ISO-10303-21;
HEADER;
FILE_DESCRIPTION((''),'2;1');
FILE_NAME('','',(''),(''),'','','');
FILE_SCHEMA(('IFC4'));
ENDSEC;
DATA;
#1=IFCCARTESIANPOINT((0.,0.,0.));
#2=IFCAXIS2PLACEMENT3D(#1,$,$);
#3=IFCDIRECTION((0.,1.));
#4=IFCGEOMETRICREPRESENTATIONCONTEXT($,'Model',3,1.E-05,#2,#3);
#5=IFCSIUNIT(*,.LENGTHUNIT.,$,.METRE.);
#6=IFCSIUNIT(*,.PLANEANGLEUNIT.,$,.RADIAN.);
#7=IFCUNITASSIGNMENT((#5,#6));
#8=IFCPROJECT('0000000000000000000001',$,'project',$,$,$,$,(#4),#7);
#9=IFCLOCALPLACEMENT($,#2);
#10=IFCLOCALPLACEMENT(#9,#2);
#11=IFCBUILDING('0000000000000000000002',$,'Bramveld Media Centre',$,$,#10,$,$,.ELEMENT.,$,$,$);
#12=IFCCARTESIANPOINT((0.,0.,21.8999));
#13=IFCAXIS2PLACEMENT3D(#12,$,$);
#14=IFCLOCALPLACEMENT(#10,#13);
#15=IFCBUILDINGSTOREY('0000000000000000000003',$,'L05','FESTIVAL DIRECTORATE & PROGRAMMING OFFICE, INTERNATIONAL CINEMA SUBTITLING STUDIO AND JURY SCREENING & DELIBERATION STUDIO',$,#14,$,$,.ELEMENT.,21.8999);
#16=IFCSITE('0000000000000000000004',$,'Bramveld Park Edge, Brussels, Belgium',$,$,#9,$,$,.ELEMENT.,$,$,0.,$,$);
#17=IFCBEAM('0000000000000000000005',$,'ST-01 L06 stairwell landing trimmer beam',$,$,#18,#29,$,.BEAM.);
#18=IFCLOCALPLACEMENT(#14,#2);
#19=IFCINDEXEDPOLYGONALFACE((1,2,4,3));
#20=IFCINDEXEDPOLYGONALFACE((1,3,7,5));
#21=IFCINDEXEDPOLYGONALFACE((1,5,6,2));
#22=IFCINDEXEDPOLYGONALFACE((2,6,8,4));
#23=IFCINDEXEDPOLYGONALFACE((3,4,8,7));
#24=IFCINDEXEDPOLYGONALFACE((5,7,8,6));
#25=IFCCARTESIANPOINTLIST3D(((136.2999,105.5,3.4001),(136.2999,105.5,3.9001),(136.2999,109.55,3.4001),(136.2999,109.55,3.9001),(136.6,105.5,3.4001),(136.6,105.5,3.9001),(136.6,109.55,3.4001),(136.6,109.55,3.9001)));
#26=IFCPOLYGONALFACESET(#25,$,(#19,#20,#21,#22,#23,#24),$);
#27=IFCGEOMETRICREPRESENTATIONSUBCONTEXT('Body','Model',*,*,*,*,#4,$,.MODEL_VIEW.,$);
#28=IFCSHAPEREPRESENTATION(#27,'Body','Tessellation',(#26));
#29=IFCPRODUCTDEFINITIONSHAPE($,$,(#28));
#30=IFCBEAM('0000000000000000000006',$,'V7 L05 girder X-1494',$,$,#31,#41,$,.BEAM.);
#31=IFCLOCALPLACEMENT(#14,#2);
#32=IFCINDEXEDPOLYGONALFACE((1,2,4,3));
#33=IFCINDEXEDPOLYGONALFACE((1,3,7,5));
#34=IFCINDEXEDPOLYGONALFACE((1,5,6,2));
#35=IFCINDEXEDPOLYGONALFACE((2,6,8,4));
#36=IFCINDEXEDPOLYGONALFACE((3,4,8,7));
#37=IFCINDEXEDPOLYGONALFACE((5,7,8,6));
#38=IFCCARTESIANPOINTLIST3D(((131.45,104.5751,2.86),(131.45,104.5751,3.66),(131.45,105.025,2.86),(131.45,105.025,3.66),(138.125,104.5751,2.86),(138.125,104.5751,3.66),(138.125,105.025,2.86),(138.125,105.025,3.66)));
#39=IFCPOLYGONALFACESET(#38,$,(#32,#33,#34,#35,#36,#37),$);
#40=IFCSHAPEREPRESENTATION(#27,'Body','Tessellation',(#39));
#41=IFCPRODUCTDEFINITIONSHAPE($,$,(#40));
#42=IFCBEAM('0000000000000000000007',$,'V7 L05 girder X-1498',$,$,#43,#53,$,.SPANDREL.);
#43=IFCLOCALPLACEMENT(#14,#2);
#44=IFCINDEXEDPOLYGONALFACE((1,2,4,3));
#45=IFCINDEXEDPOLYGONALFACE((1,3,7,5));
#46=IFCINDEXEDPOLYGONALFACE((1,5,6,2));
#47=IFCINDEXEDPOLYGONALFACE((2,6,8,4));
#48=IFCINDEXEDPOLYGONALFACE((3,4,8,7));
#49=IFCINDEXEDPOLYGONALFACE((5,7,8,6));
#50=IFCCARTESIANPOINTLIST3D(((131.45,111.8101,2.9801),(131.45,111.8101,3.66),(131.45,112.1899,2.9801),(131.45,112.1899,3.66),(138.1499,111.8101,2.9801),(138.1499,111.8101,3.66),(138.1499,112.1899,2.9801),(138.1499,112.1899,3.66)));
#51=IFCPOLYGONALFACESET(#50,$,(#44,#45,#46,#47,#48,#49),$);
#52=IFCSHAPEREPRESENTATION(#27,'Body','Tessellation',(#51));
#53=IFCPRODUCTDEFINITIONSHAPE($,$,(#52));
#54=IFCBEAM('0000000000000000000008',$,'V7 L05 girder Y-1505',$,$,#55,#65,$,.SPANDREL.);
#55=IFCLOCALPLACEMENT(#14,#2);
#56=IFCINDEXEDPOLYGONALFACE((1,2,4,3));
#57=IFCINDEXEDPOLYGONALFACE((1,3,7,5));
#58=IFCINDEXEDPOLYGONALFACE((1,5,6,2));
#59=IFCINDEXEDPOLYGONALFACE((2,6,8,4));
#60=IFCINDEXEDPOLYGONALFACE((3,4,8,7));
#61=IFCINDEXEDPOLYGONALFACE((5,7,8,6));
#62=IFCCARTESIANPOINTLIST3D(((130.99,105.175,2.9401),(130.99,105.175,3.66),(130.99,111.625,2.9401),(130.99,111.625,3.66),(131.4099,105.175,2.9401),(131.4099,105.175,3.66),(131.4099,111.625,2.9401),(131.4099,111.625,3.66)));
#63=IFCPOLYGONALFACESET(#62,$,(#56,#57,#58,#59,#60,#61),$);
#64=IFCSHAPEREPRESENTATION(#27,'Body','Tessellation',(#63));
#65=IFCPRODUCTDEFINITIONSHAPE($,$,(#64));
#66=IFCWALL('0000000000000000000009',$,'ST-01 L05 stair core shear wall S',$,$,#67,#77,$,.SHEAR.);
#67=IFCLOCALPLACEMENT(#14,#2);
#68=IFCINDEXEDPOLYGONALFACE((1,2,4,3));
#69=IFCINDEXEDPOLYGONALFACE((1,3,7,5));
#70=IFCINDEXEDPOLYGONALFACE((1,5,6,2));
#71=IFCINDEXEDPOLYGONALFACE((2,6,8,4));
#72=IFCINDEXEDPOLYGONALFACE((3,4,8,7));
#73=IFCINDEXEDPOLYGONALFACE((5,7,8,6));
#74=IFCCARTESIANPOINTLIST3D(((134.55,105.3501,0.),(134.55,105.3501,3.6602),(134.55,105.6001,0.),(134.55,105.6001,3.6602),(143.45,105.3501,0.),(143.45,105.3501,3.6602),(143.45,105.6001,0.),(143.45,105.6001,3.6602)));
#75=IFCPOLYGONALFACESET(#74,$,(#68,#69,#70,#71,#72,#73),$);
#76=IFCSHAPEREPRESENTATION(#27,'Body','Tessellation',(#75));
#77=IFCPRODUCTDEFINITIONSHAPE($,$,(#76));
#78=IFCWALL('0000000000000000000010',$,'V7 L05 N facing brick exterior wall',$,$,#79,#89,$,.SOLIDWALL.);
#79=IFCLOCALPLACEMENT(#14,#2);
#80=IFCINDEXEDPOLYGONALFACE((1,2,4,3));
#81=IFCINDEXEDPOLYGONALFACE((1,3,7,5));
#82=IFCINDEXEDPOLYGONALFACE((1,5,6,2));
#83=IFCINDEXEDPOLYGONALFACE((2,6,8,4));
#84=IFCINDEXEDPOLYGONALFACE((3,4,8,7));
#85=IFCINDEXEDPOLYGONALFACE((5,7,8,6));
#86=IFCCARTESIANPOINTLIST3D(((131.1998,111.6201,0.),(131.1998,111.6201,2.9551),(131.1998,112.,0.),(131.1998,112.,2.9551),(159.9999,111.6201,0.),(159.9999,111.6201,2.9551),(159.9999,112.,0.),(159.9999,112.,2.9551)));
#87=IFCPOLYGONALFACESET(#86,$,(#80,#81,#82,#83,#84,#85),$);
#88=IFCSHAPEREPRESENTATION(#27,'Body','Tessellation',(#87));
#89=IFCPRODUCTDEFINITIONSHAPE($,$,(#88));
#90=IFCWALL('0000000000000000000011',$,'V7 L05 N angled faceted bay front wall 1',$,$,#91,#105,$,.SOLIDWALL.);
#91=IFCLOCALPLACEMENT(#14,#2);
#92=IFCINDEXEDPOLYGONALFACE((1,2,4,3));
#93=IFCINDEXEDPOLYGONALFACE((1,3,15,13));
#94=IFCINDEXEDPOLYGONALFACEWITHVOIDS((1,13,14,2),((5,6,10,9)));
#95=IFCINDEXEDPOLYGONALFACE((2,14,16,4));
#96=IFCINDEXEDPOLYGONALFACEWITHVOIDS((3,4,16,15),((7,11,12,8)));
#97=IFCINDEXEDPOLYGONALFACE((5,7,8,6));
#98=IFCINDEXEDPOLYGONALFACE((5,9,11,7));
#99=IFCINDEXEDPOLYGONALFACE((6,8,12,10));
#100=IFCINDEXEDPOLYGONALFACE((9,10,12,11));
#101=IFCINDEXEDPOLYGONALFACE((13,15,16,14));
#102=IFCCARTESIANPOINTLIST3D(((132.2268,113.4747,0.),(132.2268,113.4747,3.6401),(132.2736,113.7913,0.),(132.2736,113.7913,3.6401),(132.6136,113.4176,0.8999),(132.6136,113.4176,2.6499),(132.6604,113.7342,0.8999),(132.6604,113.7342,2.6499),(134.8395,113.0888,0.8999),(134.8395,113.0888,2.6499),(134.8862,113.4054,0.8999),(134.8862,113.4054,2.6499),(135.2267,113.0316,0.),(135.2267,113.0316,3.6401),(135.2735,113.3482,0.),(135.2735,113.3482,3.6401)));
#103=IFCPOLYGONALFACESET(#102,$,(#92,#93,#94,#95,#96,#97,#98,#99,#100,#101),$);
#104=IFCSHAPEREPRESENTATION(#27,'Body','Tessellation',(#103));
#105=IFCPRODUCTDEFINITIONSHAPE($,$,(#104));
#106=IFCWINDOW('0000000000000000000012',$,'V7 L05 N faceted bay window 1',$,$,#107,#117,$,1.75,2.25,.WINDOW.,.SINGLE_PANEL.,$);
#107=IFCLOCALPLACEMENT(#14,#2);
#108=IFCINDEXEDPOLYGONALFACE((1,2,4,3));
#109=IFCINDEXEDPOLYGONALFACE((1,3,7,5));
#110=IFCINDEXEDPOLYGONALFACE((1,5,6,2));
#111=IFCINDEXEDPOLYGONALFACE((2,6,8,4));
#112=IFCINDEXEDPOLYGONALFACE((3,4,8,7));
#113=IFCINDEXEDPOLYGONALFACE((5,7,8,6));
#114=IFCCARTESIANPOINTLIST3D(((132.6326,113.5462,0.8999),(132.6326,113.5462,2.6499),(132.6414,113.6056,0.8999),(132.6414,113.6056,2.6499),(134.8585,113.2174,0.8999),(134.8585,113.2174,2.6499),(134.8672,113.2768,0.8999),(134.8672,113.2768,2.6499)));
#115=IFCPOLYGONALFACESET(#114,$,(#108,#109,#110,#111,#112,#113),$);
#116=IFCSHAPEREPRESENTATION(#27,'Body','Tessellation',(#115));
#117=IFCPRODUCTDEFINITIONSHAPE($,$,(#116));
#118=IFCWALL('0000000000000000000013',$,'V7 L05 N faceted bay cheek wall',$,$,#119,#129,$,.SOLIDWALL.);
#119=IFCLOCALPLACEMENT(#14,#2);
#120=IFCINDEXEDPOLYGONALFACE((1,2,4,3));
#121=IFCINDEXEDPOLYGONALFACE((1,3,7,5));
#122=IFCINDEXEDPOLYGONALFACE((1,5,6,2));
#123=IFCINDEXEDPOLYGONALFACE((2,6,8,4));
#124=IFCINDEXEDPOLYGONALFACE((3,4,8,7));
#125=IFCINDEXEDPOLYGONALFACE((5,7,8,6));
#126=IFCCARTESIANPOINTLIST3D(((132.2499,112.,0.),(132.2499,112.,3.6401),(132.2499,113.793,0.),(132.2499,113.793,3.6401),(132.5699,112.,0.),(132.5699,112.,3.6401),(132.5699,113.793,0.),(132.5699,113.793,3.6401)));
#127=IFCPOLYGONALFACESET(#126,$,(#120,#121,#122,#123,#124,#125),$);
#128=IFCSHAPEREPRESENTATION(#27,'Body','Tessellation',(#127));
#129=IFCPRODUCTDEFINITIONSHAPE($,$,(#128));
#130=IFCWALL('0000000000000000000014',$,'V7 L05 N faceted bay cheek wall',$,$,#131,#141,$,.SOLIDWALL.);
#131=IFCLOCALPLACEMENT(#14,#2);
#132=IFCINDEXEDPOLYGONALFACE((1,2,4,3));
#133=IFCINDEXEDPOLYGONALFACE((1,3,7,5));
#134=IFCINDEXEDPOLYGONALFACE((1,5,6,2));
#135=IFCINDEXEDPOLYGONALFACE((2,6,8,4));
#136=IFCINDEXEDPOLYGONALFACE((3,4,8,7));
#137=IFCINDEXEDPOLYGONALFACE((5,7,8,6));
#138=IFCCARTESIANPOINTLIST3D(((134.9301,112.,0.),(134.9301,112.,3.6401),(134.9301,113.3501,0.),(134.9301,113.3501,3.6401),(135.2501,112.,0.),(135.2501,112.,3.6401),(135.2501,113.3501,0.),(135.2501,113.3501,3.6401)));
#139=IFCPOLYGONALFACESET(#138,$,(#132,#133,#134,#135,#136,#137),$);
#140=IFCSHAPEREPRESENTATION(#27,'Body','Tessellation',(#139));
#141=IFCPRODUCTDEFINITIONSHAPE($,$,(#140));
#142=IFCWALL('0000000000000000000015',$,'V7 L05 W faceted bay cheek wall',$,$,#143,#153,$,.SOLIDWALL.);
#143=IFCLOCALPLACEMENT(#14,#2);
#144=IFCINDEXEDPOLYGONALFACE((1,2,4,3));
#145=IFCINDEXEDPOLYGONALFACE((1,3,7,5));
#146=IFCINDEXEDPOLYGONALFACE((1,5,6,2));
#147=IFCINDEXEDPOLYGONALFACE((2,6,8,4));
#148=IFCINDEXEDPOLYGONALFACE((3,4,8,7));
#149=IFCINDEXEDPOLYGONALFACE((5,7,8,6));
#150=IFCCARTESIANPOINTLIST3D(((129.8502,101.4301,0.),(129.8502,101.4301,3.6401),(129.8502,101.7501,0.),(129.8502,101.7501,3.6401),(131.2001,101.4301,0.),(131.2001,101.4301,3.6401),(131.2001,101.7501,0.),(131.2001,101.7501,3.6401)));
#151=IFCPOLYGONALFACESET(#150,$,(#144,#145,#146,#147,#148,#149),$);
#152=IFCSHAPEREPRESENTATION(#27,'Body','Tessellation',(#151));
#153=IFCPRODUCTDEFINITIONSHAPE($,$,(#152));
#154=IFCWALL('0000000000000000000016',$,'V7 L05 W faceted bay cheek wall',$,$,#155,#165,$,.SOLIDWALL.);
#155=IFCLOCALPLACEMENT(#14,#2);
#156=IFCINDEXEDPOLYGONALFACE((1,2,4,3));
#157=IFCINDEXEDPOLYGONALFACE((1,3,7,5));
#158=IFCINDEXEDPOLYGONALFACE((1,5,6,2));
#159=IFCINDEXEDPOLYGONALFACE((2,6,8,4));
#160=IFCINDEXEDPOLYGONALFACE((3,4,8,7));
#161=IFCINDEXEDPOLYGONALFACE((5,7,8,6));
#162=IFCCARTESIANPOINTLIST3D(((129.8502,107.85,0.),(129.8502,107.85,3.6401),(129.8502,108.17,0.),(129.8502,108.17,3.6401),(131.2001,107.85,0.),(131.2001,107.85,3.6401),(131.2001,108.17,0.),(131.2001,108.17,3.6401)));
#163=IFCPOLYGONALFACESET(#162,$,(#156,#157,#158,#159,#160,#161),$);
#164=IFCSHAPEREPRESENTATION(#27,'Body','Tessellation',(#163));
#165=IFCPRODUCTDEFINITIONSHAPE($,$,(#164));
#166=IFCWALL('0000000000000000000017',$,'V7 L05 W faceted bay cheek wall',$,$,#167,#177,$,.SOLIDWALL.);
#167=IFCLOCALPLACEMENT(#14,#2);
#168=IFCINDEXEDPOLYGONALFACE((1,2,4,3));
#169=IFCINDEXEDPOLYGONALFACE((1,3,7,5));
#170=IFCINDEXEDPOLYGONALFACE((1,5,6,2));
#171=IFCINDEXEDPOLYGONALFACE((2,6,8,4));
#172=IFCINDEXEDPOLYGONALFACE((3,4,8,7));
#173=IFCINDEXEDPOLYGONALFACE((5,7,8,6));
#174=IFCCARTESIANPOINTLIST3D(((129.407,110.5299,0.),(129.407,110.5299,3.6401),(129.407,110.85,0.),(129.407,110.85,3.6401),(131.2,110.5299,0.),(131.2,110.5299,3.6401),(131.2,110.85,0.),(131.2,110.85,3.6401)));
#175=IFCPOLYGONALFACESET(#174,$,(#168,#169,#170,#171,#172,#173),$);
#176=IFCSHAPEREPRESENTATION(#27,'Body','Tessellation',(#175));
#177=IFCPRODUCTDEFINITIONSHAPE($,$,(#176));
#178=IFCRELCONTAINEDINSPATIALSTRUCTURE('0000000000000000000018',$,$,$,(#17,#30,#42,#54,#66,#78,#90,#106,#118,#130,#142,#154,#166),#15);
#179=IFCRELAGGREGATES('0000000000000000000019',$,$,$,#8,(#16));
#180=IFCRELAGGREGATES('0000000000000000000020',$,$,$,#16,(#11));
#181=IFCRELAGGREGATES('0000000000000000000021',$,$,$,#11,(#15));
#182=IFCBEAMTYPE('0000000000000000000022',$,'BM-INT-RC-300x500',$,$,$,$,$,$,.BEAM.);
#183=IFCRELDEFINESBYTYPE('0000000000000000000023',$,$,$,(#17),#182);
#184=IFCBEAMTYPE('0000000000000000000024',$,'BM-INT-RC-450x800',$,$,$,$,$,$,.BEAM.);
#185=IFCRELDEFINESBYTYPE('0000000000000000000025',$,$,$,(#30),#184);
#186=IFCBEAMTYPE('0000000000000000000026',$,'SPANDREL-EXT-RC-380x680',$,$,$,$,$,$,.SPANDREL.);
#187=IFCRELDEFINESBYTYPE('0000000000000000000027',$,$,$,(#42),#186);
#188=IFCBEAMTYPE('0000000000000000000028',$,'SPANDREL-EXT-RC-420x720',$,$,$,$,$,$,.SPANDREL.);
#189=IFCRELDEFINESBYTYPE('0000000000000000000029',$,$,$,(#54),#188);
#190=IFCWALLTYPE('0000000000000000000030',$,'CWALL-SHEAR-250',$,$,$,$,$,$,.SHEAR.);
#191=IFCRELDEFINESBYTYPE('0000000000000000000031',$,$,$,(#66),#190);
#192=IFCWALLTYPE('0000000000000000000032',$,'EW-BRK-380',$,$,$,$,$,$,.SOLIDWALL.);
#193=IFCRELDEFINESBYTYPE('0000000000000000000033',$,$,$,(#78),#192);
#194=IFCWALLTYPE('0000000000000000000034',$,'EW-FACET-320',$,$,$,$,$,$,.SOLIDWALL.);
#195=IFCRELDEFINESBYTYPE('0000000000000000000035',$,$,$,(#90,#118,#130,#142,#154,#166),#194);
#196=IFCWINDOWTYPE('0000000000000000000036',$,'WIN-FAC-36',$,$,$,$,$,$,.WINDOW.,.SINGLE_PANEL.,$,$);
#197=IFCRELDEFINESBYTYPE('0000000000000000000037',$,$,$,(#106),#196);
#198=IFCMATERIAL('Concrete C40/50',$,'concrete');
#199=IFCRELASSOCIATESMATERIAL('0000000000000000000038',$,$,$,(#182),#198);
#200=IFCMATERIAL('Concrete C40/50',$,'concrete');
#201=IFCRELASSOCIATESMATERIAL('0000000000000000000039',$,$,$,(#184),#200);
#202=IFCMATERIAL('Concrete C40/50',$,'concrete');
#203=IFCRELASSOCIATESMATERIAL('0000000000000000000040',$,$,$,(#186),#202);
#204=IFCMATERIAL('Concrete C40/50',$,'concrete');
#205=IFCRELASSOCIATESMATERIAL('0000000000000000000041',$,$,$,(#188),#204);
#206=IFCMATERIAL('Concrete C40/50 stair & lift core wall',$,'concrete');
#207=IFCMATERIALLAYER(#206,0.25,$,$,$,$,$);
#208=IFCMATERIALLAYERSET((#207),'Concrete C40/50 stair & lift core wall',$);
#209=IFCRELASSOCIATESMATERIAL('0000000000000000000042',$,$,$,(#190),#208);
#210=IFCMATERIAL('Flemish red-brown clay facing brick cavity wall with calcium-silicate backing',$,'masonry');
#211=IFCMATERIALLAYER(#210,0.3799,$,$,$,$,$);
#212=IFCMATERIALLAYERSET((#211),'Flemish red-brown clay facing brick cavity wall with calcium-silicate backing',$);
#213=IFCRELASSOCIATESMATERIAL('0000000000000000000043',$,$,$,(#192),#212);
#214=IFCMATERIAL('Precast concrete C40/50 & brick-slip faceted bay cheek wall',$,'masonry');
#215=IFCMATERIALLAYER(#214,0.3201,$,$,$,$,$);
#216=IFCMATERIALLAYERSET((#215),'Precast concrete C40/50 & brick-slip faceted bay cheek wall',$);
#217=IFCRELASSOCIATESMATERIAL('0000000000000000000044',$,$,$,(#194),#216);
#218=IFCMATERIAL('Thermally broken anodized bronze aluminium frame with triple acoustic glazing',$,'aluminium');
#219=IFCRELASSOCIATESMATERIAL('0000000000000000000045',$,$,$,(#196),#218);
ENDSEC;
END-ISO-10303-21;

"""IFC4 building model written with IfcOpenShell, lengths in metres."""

from ifc_helpers import new_model, si_unit, direction, frame, frame_2d, origin, origin_2d, place, context, subcontext, project, spatial, rectangle, extrude, material, layer, layer_set, material_profile, profile_set, type_object, element, fill, save


model = new_model("IFC4")

# Units and contexts
model_context = context("Model", 3, precision=1e-05, world=origin(), true_north=direction((0.0, 1.0)))
body_context = subcontext(model_context, "Body", "Model", "MODEL_VIEW")
ifc_project = project(units=[si_unit("LENGTHUNIT", "METRE"), si_unit("PLANEANGLEUNIT", "RADIAN")], contexts=[model_context])

# Site, building, storey
site_placement = place(None, origin())
site = spatial("IfcSite", under=ifc_project, at=site_placement, Name="Bramveld Park Edge, Brussels, Belgium", CompositionType="ELEMENT", RefElevation=0.0)
building_placement = place(site_placement, origin())
building = spatial("IfcBuilding", under=site, at=building_placement, Name="Bramveld Media Centre", CompositionType="ELEMENT")
storey_placement = place(building_placement, frame((0.0, 0.0, 21.8999)))
storey = spatial("IfcBuildingStorey", under=building, at=storey_placement, Name="L05", Description="FESTIVAL DIRECTORATE & PROGRAMMING OFFICE, INTERNATIONAL CINEMA SUBTITLING STUDIO AND JURY SCREENING & DELIBERATION STUDIO", CompositionType="ELEMENT", Elevation=21.8999)

# Beams
ifc_material_1 = material(Name="Concrete C40/50", Category="concrete")
ifc_material_profile_1 = material_profile(ifc_material_1, rectangle(XDim=0.3, YDim=0.5, at=origin_2d()), Name="RC 300x500")
ifc_profile_set_1 = profile_set([ifc_material_profile_1], Name="Concrete C40/50")
beam_type_1 = type_object("IfcBeamType", Name="BM-INT-RC-300x500", PredefinedType="BEAM", material=ifc_profile_set_1)
beam_1_placement = place(storey_placement, frame((136.45, 105.5, 3.6501), z_axis=(0.0, 1.0, 0.0), x_axis=(-1.0, 0.0, 0.0)))
element("IfcBeam", 1, at=beam_1_placement, inside=storey, type_object=beam_type_1, Name="ST-01 L06 stairwell landing trimmer beam", PredefinedType="BEAM", context=body_context, shape_type="SweptSolid", body=[
    extrude(rectangle(XDim=0.3, YDim=0.5, at=origin_2d()), origin(), (0.0, 0.0, 1.0), 4.05),
])
ifc_material_2 = material(Name="Concrete C40/50", Category="concrete")
ifc_material_profile_2 = material_profile(ifc_material_2, rectangle(XDim=0.45, YDim=0.8, at=origin_2d()), Name="RC 450x800")
ifc_profile_set_2 = profile_set([ifc_material_profile_2], Name="Concrete C40/50")
beam_type_2 = type_object("IfcBeamType", Name="BM-INT-RC-450x800", PredefinedType="BEAM", material=ifc_profile_set_2)
beam_2_placement = place(storey_placement, frame((131.45, 104.8, 3.26), z_axis=(1.0, 0.0, 0.0), x_axis=(0.0, 1.0, 0.0)))
element("IfcBeam", 2, at=beam_2_placement, inside=storey, type_object=beam_type_2, Name="V7 L05 girder X-1494", PredefinedType="BEAM", context=body_context, shape_type="SweptSolid", body=[
    extrude(rectangle(XDim=0.45, YDim=0.8, at=origin_2d()), origin(), (0.0, 0.0, 1.0), 6.675),
])
ifc_material_3 = material(Name="Concrete C40/50", Category="concrete")
ifc_material_profile_3 = material_profile(ifc_material_3, rectangle(XDim=0.3799, YDim=0.6799, at=origin_2d()), Name="RC 380x680")
ifc_profile_set_3 = profile_set([ifc_material_profile_3], Name="Concrete C40/50")
beam_type_3 = type_object("IfcBeamType", Name="SPANDREL-EXT-RC-380x680", PredefinedType="SPANDREL", material=ifc_profile_set_3)
beam_3_placement = place(storey_placement, frame((131.45, 112.0, 3.3201), z_axis=(1.0, 0.0, 0.0), x_axis=(0.0, 1.0, 0.0)))
element("IfcBeam", 3, at=beam_3_placement, inside=storey, type_object=beam_type_3, Name="V7 L05 girder X-1498", PredefinedType="SPANDREL", context=body_context, shape_type="SweptSolid", body=[
    extrude(rectangle(XDim=0.3799, YDim=0.6799, at=origin_2d()), origin(), (0.0, 0.0, 1.0), 6.7),
])
ifc_material_4 = material(Name="Concrete C40/50", Category="concrete")
ifc_material_profile_4 = material_profile(ifc_material_4, rectangle(XDim=0.4199, YDim=0.72, at=origin_2d()), Name="RC 420x720")
ifc_profile_set_4 = profile_set([ifc_material_profile_4], Name="Concrete C40/50")
beam_type_4 = type_object("IfcBeamType", Name="SPANDREL-EXT-RC-420x720", PredefinedType="SPANDREL", material=ifc_profile_set_4)
beam_4_placement = place(storey_placement, frame((131.2, 105.175, 3.3), z_axis=(0.0, 1.0, 0.0), x_axis=(-1.0, 0.0, 0.0)))
element("IfcBeam", 4, at=beam_4_placement, inside=storey, type_object=beam_type_4, Name="V7 L05 girder Y-1505", PredefinedType="SPANDREL", context=body_context, shape_type="SweptSolid", body=[
    extrude(rectangle(XDim=0.4199, YDim=0.72, at=origin_2d()), origin(), (0.0, 0.0, 1.0), 6.45),
])

# Wall
ifc_material_5 = material(Name="Concrete C40/50 stair & lift core wall", Category="concrete")
ifc_layer_1 = layer(ifc_material_5, 0.25)
ifc_layer_set_1 = layer_set([ifc_layer_1], Name="Concrete C40/50 stair & lift core wall")
wall_type_1 = type_object("IfcWallType", Name="CWALL-SHEAR-250", PredefinedType="SHEAR", material=ifc_layer_set_1)
wall_1_placement = place(storey_placement, frame((134.55, 105.4751, 0.0), z_axis=(0.0, 0.0, 1.0), x_axis=(1.0, 0.0, 0.0)))
element("IfcWall", 5, at=wall_1_placement, inside=storey, type_object=wall_type_1, Name="ST-01 L05 stair core shear wall S", PredefinedType="SHEAR", context=body_context, shape_type="SweptSolid", body=[
    extrude(rectangle(XDim=8.8999, YDim=0.25, at=frame_2d((4.45, 0.0))), origin(), (0.0, 0.0, 1.0), 3.6602),
])

# Wall
ifc_material_6 = material(Name="Flemish red-brown clay facing brick cavity wall with calcium-silicate backing", Category="masonry")
ifc_layer_2 = layer(ifc_material_6, 0.3799)
ifc_layer_set_2 = layer_set([ifc_layer_2], Name="Flemish red-brown clay facing brick cavity wall with calcium-silicate backing")
wall_type_2 = type_object("IfcWallType", Name="EW-BRK-380", PredefinedType="SOLIDWALL", material=ifc_layer_set_2)
wall_2_placement = place(storey_placement, frame((131.2, 111.8101, 0.0), z_axis=(0.0, 0.0, 1.0), x_axis=(1.0, 0.0, 0.0)))
element("IfcWall", 6, at=wall_2_placement, inside=storey, type_object=wall_type_2, Name="V7 L05 N facing brick exterior wall", PredefinedType="SOLIDWALL", context=body_context, shape_type="SweptSolid", body=[
    extrude(rectangle(XDim=28.8, YDim=0.3799, at=frame_2d((14.3999, 0.0))), origin(), (0.0, 0.0, 1.0), 2.9551),
])

# Wall, opening, window
ifc_material_7 = material(Name="Precast concrete C40/50 & brick-slip faceted bay cheek wall", Category="masonry")
ifc_layer_3 = layer(ifc_material_7, 0.3201)
ifc_layer_set_3 = layer_set([ifc_layer_3], Name="Precast concrete C40/50 & brick-slip faceted bay cheek wall")
wall_type_3 = type_object("IfcWallType", Name="EW-FACET-320", PredefinedType="SOLIDWALL", material=ifc_layer_set_3)
wall_3_placement = place(storey_placement, frame((135.25, 113.1899, 0.0), z_axis=(0.0, 0.0, 1.0), x_axis=(-0.989267, 0.14612, 0.0)))
wall_3 = element("IfcWall", 7, at=wall_3_placement, inside=storey, type_object=wall_type_3, Name="V7 L05 N angled faceted bay front wall 1", PredefinedType="SOLIDWALL", context=body_context, shape_type="SweptSolid", body=[
    extrude(rectangle(XDim=3.0325, YDim=0.3201, at=frame_2d((1.5161, 0.0))), origin(), (0.0, 0.0, 1.0), 3.6401),
])
opening_1_placement = place(wall_3_placement, frame((0.3914, 0.0, 0.8999)))
opening_1 = element("IfcOpeningElement", 8, at=opening_1_placement, cuts=wall_3, PredefinedType="OPENING", context=body_context, shape_type="SweptSolid", body=[
    extrude(rectangle(XDim=2.25, YDim=1.75, at=frame_2d((1.125, 0.875))), frame((0.0, 0.1719, 0.0), z_axis=(0.0, -1.0, 0.0), x_axis=(1.0, 0.0, 0.0)), (0.0, 0.0, 1.0), 0.344),
])
ifc_material_8 = material(Name="Thermally broken anodized bronze aluminium frame with triple acoustic glazing", Category="aluminium")
window_type = type_object("IfcWindowType", Name="WIN-FAC-36", PartitioningType="SINGLE_PANEL", PredefinedType="WINDOW", material=ifc_material_8)
window_placement = place(opening_1_placement, origin())
window = element("IfcWindow", 9, at=window_placement, inside=storey, type_object=window_type, Name="V7 L05 N faceted bay window 1", OverallHeight=1.75, OverallWidth=2.25, PartitioningType="SINGLE_PANEL", PredefinedType="WINDOW", context=body_context, shape_type="SweptSolid", body=[
    extrude(rectangle(XDim=2.25, YDim=1.75, at=frame_2d((1.125, 0.875))), frame((0.0, 0.03, 0.0), z_axis=(0.0, -1.0, 0.0), x_axis=(1.0, 0.0, 0.0)), (0.0, 0.0, 1.0), 0.0601),
])
fill(opening_1, window)

# Walls
wall_4_placement = place(storey_placement, frame((132.4099, 112.0, 0.0), z_axis=(0.0, 0.0, 1.0), x_axis=(0.0, 1.0, 0.0)))
element("IfcWall", 10, at=wall_4_placement, inside=storey, type_object=wall_type_3, Name="V7 L05 N faceted bay cheek wall", PredefinedType="SOLIDWALL", context=body_context, shape_type="SweptSolid", body=[
    extrude(rectangle(XDim=1.793, YDim=0.3201, at=frame_2d((0.8965, 0.0))), origin(), (0.0, 0.0, 1.0), 3.6401),
])
wall_5_placement = place(storey_placement, frame((135.0901, 112.0, 0.0), z_axis=(0.0, 0.0, 1.0), x_axis=(0.0, 1.0, 0.0)))
element("IfcWall", 11, at=wall_5_placement, inside=storey, type_object=wall_type_3, Name="V7 L05 N faceted bay cheek wall", PredefinedType="SOLIDWALL", context=body_context, shape_type="SweptSolid", body=[
    extrude(rectangle(XDim=1.3501, YDim=0.3201, at=frame_2d((0.675, 0.0))), origin(), (0.0, 0.0, 1.0), 3.6401),
])
for number, where, z_axis, x_axis, name in (
    (12, (131.2, 101.5901, 0.0), (0.0, 0.0, 1.0), (-1.0, 0.0, 0.0), "V7 L05 W faceted bay cheek wall"),
    (13, (131.2, 108.01, 0.0), (0.0, 0.0, 1.0), (-1.0, 0.0, 0.0), "V7 L05 W faceted bay cheek wall"),
):
    element("IfcWall", number, at=place(storey_placement, frame(where, z_axis=z_axis, x_axis=x_axis)), inside=storey, type_object=wall_type_3, Name=name, PredefinedType="SOLIDWALL", context=body_context, shape_type="SweptSolid", body=[
        extrude(rectangle(XDim=1.3499, YDim=0.3201, at=frame_2d((0.6748, 0.0))), origin(), (0.0, 0.0, 1.0), 3.6401),
    ])
wall_6_placement = place(storey_placement, frame((131.2, 110.6899, 0.0), z_axis=(0.0, 0.0, 1.0), x_axis=(-1.0, 0.0, 0.0)))
element("IfcWall", 14, at=wall_6_placement, inside=storey, type_object=wall_type_3, Name="V7 L05 W faceted bay cheek wall", PredefinedType="SOLIDWALL", context=body_context, shape_type="SweptSolid", body=[
    extrude(rectangle(XDim=1.793, YDim=0.3201, at=frame_2d((0.8965, 0.0))), origin(), (0.0, 0.0, 1.0), 3.6401),
])

save(model, "model.ifc")
